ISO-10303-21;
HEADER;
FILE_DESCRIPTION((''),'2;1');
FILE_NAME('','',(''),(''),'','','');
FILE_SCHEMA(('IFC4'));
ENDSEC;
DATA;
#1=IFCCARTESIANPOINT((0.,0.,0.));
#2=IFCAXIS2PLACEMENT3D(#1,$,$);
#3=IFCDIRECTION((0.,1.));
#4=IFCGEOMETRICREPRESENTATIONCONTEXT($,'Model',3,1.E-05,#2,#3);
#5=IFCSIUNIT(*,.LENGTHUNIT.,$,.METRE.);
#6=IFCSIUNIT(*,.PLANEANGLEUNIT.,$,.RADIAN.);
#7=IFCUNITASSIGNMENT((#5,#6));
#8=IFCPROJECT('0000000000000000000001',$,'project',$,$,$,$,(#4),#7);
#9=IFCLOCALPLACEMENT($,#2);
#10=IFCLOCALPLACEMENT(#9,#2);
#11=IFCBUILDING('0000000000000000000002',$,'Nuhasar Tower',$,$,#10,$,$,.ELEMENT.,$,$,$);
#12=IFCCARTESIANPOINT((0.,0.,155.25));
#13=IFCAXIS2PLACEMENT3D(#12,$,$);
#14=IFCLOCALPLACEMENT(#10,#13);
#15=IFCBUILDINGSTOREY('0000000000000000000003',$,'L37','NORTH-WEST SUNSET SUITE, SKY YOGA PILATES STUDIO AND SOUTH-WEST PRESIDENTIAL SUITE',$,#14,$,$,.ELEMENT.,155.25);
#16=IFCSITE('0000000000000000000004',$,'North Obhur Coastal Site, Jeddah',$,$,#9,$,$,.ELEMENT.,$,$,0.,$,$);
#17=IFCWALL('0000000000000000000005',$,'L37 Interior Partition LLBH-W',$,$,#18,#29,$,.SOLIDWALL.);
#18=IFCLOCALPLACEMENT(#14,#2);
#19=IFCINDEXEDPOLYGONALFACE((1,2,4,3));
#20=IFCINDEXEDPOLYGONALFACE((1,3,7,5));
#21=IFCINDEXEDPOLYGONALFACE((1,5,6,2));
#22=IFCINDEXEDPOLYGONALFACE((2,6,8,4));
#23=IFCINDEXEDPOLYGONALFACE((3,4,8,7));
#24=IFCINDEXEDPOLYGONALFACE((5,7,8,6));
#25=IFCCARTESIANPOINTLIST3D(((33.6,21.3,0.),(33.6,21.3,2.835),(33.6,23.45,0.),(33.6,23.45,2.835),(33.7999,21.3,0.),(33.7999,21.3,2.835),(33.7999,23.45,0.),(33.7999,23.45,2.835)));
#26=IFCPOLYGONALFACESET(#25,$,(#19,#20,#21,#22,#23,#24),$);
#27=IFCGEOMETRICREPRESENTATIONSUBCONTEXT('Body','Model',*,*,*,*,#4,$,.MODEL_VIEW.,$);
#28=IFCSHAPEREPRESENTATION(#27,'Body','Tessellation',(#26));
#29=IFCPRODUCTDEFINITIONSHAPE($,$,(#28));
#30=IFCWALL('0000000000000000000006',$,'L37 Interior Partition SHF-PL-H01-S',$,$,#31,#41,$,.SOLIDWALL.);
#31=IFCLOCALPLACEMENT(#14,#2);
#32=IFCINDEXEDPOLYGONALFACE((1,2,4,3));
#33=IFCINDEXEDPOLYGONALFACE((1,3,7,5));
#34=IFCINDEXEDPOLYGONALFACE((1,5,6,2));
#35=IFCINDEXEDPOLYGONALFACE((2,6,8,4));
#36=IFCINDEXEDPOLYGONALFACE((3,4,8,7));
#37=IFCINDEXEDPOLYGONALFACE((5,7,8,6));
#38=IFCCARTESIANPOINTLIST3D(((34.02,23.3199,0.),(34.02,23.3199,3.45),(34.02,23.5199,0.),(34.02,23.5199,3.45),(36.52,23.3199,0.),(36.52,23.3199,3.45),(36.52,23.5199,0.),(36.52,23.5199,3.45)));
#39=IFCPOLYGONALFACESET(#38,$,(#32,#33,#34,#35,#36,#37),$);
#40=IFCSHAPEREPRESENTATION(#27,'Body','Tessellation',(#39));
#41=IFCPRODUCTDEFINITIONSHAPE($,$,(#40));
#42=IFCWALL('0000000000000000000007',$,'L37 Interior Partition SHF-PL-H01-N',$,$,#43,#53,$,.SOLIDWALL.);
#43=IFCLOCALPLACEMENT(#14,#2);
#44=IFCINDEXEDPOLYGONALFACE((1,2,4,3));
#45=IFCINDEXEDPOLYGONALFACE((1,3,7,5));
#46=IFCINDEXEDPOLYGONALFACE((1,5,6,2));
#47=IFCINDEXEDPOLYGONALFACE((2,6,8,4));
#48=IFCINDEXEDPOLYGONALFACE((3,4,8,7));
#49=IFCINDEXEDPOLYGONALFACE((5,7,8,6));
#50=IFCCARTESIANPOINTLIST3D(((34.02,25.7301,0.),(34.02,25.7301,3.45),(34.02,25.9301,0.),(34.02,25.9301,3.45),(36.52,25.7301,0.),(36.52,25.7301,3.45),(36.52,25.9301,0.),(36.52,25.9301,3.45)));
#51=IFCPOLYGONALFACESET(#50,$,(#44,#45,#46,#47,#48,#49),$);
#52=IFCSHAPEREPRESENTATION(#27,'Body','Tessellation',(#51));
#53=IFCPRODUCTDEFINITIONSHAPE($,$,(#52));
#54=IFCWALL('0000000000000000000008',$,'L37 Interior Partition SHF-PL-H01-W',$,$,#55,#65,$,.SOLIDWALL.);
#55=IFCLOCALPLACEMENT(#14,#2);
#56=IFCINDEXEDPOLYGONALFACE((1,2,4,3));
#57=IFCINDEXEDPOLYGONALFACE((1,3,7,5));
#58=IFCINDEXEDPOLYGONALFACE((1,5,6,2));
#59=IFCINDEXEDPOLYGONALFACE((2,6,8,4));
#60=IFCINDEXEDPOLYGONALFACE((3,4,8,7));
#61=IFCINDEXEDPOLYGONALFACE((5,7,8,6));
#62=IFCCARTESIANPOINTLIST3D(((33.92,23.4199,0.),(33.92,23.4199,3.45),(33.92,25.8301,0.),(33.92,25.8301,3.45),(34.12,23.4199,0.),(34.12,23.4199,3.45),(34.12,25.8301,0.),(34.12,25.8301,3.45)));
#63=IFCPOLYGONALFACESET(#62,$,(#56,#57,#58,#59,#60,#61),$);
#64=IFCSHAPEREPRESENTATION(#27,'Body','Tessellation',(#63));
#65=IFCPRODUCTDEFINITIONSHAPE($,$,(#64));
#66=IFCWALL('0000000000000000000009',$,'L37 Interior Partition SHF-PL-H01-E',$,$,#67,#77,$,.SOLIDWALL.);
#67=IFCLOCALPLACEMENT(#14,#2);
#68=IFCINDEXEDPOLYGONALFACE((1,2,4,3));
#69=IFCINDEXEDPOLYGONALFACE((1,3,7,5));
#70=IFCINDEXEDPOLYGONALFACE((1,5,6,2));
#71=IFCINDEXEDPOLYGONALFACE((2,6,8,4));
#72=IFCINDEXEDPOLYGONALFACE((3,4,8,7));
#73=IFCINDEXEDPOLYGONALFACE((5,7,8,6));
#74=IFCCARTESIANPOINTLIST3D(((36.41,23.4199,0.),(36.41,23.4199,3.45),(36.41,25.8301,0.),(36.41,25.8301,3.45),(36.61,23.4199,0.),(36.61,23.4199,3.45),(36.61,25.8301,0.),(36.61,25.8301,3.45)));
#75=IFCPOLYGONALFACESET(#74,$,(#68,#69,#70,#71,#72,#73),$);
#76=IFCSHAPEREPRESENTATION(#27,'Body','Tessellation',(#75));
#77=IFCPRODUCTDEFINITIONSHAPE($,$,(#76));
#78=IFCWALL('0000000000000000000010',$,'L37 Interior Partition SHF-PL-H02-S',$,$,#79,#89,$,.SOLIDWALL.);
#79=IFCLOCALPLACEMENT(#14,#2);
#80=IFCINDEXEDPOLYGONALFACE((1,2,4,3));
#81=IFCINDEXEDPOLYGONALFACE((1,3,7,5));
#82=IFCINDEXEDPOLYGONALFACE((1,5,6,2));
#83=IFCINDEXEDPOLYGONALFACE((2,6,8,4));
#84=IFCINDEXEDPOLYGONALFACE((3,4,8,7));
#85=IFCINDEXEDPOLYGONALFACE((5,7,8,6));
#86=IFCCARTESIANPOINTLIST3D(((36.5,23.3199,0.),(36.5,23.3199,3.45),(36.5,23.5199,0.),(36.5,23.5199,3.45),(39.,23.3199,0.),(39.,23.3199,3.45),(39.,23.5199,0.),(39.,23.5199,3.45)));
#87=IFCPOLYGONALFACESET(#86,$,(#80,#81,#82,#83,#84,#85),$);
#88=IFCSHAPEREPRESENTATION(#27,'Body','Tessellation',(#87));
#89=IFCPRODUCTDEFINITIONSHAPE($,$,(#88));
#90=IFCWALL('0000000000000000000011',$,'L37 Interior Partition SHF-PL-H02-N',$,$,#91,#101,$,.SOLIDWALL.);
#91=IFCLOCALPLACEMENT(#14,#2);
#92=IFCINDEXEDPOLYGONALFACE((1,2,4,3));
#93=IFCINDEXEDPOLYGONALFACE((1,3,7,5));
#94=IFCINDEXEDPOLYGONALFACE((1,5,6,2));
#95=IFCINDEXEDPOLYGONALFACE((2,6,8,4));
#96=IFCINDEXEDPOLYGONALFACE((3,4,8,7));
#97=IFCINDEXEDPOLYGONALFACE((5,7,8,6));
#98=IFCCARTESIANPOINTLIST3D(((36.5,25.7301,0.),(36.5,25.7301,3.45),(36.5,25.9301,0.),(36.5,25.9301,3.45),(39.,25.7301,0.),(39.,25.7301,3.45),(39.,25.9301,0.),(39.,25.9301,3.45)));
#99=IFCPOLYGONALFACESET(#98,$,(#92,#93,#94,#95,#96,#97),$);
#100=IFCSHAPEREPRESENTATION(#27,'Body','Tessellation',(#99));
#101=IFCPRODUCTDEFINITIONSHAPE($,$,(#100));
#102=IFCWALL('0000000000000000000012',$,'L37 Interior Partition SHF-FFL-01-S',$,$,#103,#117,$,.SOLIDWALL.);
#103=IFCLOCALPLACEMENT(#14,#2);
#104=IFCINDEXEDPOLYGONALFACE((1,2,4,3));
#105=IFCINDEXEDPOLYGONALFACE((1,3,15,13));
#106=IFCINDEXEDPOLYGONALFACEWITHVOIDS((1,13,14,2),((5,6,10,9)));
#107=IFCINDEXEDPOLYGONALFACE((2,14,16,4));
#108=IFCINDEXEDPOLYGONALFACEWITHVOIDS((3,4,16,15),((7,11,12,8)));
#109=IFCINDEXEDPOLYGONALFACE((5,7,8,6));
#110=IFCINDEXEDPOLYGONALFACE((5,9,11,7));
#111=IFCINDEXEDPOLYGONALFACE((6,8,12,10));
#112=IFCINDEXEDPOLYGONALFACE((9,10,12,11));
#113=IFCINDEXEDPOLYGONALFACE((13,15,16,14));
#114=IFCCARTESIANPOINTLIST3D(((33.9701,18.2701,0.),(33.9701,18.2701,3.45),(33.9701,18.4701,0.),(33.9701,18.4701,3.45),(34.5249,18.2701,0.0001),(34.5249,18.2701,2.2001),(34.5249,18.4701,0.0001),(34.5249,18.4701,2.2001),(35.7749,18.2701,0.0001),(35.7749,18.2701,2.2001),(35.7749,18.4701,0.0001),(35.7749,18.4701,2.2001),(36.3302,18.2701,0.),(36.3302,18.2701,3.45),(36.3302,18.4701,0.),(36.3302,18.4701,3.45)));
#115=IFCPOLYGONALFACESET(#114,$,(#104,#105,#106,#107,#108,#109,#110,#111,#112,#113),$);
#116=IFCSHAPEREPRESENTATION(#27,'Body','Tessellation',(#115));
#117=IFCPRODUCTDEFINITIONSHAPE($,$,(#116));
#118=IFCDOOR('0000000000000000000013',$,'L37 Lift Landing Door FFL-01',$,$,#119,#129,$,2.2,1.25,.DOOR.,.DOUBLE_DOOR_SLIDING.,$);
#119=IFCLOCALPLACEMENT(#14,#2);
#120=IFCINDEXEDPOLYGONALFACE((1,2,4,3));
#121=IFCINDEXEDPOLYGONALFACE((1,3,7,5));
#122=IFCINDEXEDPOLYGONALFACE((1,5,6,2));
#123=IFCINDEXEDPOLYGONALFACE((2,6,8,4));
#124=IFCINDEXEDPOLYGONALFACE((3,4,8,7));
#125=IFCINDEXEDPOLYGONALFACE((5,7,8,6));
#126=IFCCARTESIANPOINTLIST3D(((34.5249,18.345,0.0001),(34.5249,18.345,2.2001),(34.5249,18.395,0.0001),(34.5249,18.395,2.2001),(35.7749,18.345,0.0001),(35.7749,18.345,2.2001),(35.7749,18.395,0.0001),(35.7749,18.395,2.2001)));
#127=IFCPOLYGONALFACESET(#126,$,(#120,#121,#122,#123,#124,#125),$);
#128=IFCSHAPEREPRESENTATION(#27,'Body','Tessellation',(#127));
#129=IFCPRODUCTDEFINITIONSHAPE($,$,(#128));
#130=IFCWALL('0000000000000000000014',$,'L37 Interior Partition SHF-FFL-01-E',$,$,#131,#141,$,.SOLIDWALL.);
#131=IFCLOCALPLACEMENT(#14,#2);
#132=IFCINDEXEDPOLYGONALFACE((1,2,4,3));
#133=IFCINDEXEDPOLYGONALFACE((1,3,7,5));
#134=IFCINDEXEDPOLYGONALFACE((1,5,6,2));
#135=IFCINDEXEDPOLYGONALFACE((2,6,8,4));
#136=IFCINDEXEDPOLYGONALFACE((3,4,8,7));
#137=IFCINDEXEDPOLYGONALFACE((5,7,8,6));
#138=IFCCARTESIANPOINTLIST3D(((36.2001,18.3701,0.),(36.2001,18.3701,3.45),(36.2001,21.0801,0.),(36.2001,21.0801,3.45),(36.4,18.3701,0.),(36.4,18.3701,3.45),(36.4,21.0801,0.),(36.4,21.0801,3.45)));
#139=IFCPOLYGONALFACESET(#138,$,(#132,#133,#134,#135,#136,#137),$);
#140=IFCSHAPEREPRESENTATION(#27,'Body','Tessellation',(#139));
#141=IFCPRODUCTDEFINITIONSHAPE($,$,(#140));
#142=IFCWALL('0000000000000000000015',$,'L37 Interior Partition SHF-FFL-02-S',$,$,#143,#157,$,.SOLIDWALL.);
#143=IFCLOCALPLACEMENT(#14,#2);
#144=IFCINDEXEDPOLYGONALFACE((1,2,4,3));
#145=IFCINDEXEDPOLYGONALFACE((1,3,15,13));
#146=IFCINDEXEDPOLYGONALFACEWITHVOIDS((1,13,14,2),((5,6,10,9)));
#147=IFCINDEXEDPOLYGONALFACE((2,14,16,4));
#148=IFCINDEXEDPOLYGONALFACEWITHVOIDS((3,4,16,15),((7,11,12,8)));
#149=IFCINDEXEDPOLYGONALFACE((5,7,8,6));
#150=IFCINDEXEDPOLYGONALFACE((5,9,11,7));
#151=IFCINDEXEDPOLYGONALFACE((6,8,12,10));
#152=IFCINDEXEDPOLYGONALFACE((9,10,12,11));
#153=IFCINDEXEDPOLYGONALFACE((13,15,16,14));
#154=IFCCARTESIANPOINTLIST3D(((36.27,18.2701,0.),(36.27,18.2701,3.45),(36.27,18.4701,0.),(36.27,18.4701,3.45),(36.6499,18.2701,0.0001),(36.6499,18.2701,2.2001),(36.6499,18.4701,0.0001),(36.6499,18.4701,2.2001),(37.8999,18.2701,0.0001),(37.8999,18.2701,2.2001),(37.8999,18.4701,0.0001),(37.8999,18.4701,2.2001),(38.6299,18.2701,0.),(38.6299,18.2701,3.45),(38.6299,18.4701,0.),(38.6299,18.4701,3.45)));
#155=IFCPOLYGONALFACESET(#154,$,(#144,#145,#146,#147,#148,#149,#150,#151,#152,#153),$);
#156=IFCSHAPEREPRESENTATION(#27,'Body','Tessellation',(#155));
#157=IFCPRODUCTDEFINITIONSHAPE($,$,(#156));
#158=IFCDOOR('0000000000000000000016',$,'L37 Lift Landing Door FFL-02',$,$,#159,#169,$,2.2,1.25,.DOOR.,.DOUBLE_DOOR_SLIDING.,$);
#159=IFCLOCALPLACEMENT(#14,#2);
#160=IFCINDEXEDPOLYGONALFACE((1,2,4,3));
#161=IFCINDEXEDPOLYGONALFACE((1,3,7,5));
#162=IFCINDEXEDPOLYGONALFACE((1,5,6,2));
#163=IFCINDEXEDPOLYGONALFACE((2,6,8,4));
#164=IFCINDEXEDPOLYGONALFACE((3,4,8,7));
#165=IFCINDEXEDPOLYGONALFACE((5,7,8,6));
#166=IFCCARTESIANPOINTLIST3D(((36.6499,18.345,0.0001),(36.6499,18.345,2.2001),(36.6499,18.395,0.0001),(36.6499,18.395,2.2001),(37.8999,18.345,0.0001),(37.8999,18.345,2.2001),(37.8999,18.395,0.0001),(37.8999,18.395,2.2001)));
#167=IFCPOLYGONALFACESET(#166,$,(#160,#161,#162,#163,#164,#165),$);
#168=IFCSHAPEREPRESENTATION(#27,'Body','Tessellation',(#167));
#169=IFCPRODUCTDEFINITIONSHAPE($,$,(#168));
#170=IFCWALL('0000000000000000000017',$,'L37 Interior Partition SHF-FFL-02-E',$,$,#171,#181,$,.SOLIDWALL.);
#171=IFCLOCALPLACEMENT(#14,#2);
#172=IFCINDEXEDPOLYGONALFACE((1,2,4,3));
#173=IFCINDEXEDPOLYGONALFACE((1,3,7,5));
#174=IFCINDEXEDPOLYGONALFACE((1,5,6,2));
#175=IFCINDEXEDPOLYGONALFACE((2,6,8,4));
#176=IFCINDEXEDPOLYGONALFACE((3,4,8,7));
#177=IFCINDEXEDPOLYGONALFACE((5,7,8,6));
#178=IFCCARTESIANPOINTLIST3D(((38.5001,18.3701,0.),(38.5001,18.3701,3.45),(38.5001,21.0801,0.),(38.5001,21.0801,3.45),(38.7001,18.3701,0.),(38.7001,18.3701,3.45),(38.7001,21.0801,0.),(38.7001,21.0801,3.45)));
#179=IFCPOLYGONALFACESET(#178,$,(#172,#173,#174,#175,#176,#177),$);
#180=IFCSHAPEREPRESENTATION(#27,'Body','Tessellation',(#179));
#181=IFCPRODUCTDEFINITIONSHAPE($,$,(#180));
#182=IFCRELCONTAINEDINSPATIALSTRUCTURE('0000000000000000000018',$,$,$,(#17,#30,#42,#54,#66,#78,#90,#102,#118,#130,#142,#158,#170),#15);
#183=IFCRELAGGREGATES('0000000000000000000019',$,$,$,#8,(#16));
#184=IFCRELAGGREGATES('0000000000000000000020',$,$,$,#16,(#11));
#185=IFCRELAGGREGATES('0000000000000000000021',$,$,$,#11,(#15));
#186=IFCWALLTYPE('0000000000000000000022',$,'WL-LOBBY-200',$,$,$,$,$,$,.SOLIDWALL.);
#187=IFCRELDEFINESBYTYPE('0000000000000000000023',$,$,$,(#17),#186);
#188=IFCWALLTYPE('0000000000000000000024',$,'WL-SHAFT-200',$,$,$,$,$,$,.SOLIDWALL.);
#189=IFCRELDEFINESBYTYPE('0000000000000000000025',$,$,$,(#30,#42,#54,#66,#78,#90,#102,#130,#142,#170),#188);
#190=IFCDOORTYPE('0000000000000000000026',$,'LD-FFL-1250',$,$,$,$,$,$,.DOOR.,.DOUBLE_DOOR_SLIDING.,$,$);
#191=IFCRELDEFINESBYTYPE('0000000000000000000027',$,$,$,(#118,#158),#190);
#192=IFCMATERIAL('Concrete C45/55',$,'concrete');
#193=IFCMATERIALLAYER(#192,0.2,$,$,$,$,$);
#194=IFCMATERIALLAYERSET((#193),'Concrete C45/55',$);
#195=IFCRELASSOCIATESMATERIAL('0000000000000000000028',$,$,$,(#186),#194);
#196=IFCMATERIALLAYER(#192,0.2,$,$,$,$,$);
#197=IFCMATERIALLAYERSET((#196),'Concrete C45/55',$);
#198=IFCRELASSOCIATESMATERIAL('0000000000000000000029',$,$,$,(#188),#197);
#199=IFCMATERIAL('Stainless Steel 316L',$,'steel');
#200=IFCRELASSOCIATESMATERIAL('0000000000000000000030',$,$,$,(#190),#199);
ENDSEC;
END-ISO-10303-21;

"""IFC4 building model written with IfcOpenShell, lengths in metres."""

from ifc_helpers import new_model, si_unit, direction, frame, frame_2d, origin, place, context, subcontext, project, spatial, rectangle, extrude, material, layer, layer_set, type_object, element, fill, save


model = new_model("IFC4")

# Units and contexts
model_context = context("Model", 3, precision=1e-05, world=origin(), true_north=direction((0.0, 1.0)))
body_context = subcontext(model_context, "Body", "Model", "MODEL_VIEW")
ifc_project = project(units=[si_unit("LENGTHUNIT", "METRE"), si_unit("PLANEANGLEUNIT", "RADIAN")], contexts=[model_context])

# Site, building, storey
site_placement = place(None, origin())
site = spatial("IfcSite", under=ifc_project, at=site_placement, Name="North Obhur Coastal Site, Jeddah", CompositionType="ELEMENT", RefElevation=0.0)
building_placement = place(site_placement, origin())
building = spatial("IfcBuilding", under=site, at=building_placement, Name="Nuhasar Tower", CompositionType="ELEMENT")
storey_placement = place(building_placement, frame((0.0, 0.0, 155.25)))
storey = spatial("IfcBuildingStorey", under=building, at=storey_placement, Name="L37", Description="NORTH-WEST SUNSET SUITE, SKY YOGA PILATES STUDIO AND SOUTH-WEST PRESIDENTIAL SUITE", CompositionType="ELEMENT", Elevation=155.25)

# Walls
ifc_material_1 = material(Name="Concrete C45/55", Category="concrete")
ifc_layer_1 = layer(ifc_material_1, 0.2)
ifc_layer_set_1 = layer_set([ifc_layer_1], Name="Concrete C45/55")
wall_type_1 = type_object("IfcWallType", Name="WL-LOBBY-200", PredefinedType="SOLIDWALL", material=ifc_layer_set_1)
wall_1_placement = place(storey_placement, frame((33.7, 21.3, 0.0), z_axis=(0.0, 0.0, 1.0), x_axis=(0.0, 1.0, 0.0)))
element("IfcWall", 1, at=wall_1_placement, inside=storey, type_object=wall_type_1, Name="L37 Interior Partition LLBH-W", PredefinedType="SOLIDWALL", context=body_context, shape_type="SweptSolid", body=[
    extrude(rectangle(XDim=2.1499, YDim=0.2, at=frame_2d((1.075, 0.0))), origin(), (0.0, 0.0, 1.0), 2.835),
])
ifc_layer_2 = layer(ifc_material_1, 0.2)
ifc_layer_set_2 = layer_set([ifc_layer_2], Name="Concrete C45/55")
wall_type_2 = type_object("IfcWallType", Name="WL-SHAFT-200", PredefinedType="SOLIDWALL", material=ifc_layer_set_2)
for number, where, z_axis, x_axis, name in (
    (2, (34.02, 23.4199, 0.0), (0.0, 0.0, 1.0), (1.0, 0.0, 0.0), "L37 Interior Partition SHF-PL-H01-S"),
    (3, (34.02, 25.8301, 0.0), (0.0, 0.0, 1.0), (1.0, 0.0, 0.0), "L37 Interior Partition SHF-PL-H01-N"),
):
    element("IfcWall", number, at=place(storey_placement, frame(where, z_axis=z_axis, x_axis=x_axis)), inside=storey, type_object=wall_type_2, Name=name, PredefinedType="SOLIDWALL", context=body_context, shape_type="SweptSolid", body=[
        extrude(rectangle(XDim=2.5, YDim=0.2, at=frame_2d((1.25, 0.0))), origin(), (0.0, 0.0, 1.0), 3.45),
    ])
for number, where, z_axis, x_axis, name in (
    (4, (34.02, 23.4199, 0.0), (0.0, 0.0, 1.0), (0.0, 1.0, 0.0), "L37 Interior Partition SHF-PL-H01-W"),
    (5, (36.51, 23.4199, 0.0), (0.0, 0.0, 1.0), (0.0, 1.0, 0.0), "L37 Interior Partition SHF-PL-H01-E"),
):
    element("IfcWall", number, at=place(storey_placement, frame(where, z_axis=z_axis, x_axis=x_axis)), inside=storey, type_object=wall_type_2, Name=name, PredefinedType="SOLIDWALL", context=body_context, shape_type="SweptSolid", body=[
        extrude(rectangle(XDim=2.4102, YDim=0.2, at=frame_2d((1.2051, 0.0))), origin(), (0.0, 0.0, 1.0), 3.45),
    ])
for number, where, z_axis, x_axis, name in (
    (6, (36.5, 23.4199, 0.0), (0.0, 0.0, 1.0), (1.0, 0.0, 0.0), "L37 Interior Partition SHF-PL-H02-S"),
    (7, (36.5, 25.8301, 0.0), (0.0, 0.0, 1.0), (1.0, 0.0, 0.0), "L37 Interior Partition SHF-PL-H02-N"),
):
    element("IfcWall", number, at=place(storey_placement, frame(where, z_axis=z_axis, x_axis=x_axis)), inside=storey, type_object=wall_type_2, Name=name, PredefinedType="SOLIDWALL", context=body_context, shape_type="SweptSolid", body=[
        extrude(rectangle(XDim=2.5, YDim=0.2, at=frame_2d((1.25, 0.0))), origin(), (0.0, 0.0, 1.0), 3.45),
    ])

# Wall, opening, door
wall_2_placement = place(storey_placement, frame((33.97, 18.3701, 0.0), z_axis=(0.0, 0.0, 1.0), x_axis=(1.0, 0.0, 0.0)))
wall_2 = element("IfcWall", 8, at=wall_2_placement, inside=storey, type_object=wall_type_2, Name="L37 Interior Partition SHF-FFL-01-S", PredefinedType="SOLIDWALL", context=body_context, shape_type="SweptSolid", body=[
    extrude(rectangle(XDim=2.3601, YDim=0.2, at=frame_2d((1.1802, 0.0))), origin(), (0.0, 0.0, 1.0), 3.45),
])
opening_1_placement = place(wall_2_placement, frame((0.5549, 0.0, 0.0)))
opening_1 = element("IfcOpeningElement", 9, at=opening_1_placement, cuts=wall_2, PredefinedType="OPENING", context=body_context, shape_type="SweptSolid", body=[
    extrude(rectangle(XDim=1.25, YDim=2.2, at=frame_2d((0.625, 1.1001))), frame((0.0, 0.1099, 0.0), z_axis=(0.0, -1.0, 0.0), x_axis=(1.0, 0.0, 0.0)), (0.0, 0.0, 1.0), 0.22),
])
ifc_material_2 = material(Name="Stainless Steel 316L", Category="steel")
door_type_1 = type_object("IfcDoorType", Name="LD-FFL-1250", OperationType="DOUBLE_DOOR_SLIDING", PredefinedType="DOOR", material=ifc_material_2)
door_1_placement = place(opening_1_placement, origin())
door_1 = element("IfcDoor", 10, at=door_1_placement, inside=storey, type_object=door_type_1, Name="L37 Lift Landing Door FFL-01", OperationType="DOUBLE_DOOR_SLIDING", OverallHeight=2.2, OverallWidth=1.25, PredefinedType="DOOR", context=body_context, shape_type="SweptSolid", body=[
    extrude(rectangle(XDim=1.25, YDim=2.2, at=frame_2d((0.625, 1.1001))), frame((0.0, 0.0249, 0.0), z_axis=(0.0, -1.0, 0.0), x_axis=(1.0, 0.0, 0.0)), (0.0, 0.0, 1.0), 0.05),
])
fill(opening_1, door_1)

# Wall
wall_3_placement = place(storey_placement, frame((36.3, 18.3701, 0.0), z_axis=(0.0, 0.0, 1.0), x_axis=(0.0, 1.0, 0.0)))
element("IfcWall", 11, at=wall_3_placement, inside=storey, type_object=wall_type_2, Name="L37 Interior Partition SHF-FFL-01-E", PredefinedType="SOLIDWALL", context=body_context, shape_type="SweptSolid", body=[
    extrude(rectangle(XDim=2.71, YDim=0.2, at=frame_2d((1.355, 0.0))), origin(), (0.0, 0.0, 1.0), 3.45),
])

# Wall, opening, door
wall_4_placement = place(storey_placement, frame((36.27, 18.3701, 0.0), z_axis=(0.0, 0.0, 1.0), x_axis=(1.0, 0.0, 0.0)))
wall_4 = element("IfcWall", 12, at=wall_4_placement, inside=storey, type_object=wall_type_2, Name="L37 Interior Partition SHF-FFL-02-S", PredefinedType="SOLIDWALL", context=body_context, shape_type="SweptSolid", body=[
    extrude(rectangle(XDim=2.3599, YDim=0.2, at=frame_2d((1.1799, 0.0))), origin(), (0.0, 0.0, 1.0), 3.45),
])
opening_2_placement = place(wall_4_placement, frame((0.3799, 0.0, 0.0)))
opening_2 = element("IfcOpeningElement", 13, at=opening_2_placement, cuts=wall_4, PredefinedType="OPENING", context=body_context, shape_type="SweptSolid", body=[
    extrude(rectangle(XDim=1.25, YDim=2.2, at=frame_2d((0.625, 1.1001))), frame((0.0, 0.1099, 0.0), z_axis=(0.0, -1.0, 0.0), x_axis=(1.0, 0.0, 0.0)), (0.0, 0.0, 1.0), 0.22),
])
door_2_placement = place(opening_2_placement, origin())
door_2 = element("IfcDoor", 14, at=door_2_placement, inside=storey, type_object=door_type_1, Name="L37 Lift Landing Door FFL-02", OperationType="DOUBLE_DOOR_SLIDING", OverallHeight=2.2, OverallWidth=1.25, PredefinedType="DOOR", context=body_context, shape_type="SweptSolid", body=[
    extrude(rectangle(XDim=1.25, YDim=2.2, at=frame_2d((0.625, 1.1001))), frame((0.0, 0.0249, 0.0), z_axis=(0.0, -1.0, 0.0), x_axis=(1.0, 0.0, 0.0)), (0.0, 0.0, 1.0), 0.05),
])
fill(opening_2, door_2)

# Wall
wall_5_placement = place(storey_placement, frame((38.6001, 18.3701, 0.0), z_axis=(0.0, 0.0, 1.0), x_axis=(0.0, 1.0, 0.0)))
element("IfcWall", 15, at=wall_5_placement, inside=storey, type_object=wall_type_2, Name="L37 Interior Partition SHF-FFL-02-E", PredefinedType="SOLIDWALL", context=body_context, shape_type="SweptSolid", body=[
    extrude(rectangle(XDim=2.71, YDim=0.2, at=frame_2d((1.355, 0.0))), origin(), (0.0, 0.0, 1.0), 3.45),
])

save(model, "model.ifc")
